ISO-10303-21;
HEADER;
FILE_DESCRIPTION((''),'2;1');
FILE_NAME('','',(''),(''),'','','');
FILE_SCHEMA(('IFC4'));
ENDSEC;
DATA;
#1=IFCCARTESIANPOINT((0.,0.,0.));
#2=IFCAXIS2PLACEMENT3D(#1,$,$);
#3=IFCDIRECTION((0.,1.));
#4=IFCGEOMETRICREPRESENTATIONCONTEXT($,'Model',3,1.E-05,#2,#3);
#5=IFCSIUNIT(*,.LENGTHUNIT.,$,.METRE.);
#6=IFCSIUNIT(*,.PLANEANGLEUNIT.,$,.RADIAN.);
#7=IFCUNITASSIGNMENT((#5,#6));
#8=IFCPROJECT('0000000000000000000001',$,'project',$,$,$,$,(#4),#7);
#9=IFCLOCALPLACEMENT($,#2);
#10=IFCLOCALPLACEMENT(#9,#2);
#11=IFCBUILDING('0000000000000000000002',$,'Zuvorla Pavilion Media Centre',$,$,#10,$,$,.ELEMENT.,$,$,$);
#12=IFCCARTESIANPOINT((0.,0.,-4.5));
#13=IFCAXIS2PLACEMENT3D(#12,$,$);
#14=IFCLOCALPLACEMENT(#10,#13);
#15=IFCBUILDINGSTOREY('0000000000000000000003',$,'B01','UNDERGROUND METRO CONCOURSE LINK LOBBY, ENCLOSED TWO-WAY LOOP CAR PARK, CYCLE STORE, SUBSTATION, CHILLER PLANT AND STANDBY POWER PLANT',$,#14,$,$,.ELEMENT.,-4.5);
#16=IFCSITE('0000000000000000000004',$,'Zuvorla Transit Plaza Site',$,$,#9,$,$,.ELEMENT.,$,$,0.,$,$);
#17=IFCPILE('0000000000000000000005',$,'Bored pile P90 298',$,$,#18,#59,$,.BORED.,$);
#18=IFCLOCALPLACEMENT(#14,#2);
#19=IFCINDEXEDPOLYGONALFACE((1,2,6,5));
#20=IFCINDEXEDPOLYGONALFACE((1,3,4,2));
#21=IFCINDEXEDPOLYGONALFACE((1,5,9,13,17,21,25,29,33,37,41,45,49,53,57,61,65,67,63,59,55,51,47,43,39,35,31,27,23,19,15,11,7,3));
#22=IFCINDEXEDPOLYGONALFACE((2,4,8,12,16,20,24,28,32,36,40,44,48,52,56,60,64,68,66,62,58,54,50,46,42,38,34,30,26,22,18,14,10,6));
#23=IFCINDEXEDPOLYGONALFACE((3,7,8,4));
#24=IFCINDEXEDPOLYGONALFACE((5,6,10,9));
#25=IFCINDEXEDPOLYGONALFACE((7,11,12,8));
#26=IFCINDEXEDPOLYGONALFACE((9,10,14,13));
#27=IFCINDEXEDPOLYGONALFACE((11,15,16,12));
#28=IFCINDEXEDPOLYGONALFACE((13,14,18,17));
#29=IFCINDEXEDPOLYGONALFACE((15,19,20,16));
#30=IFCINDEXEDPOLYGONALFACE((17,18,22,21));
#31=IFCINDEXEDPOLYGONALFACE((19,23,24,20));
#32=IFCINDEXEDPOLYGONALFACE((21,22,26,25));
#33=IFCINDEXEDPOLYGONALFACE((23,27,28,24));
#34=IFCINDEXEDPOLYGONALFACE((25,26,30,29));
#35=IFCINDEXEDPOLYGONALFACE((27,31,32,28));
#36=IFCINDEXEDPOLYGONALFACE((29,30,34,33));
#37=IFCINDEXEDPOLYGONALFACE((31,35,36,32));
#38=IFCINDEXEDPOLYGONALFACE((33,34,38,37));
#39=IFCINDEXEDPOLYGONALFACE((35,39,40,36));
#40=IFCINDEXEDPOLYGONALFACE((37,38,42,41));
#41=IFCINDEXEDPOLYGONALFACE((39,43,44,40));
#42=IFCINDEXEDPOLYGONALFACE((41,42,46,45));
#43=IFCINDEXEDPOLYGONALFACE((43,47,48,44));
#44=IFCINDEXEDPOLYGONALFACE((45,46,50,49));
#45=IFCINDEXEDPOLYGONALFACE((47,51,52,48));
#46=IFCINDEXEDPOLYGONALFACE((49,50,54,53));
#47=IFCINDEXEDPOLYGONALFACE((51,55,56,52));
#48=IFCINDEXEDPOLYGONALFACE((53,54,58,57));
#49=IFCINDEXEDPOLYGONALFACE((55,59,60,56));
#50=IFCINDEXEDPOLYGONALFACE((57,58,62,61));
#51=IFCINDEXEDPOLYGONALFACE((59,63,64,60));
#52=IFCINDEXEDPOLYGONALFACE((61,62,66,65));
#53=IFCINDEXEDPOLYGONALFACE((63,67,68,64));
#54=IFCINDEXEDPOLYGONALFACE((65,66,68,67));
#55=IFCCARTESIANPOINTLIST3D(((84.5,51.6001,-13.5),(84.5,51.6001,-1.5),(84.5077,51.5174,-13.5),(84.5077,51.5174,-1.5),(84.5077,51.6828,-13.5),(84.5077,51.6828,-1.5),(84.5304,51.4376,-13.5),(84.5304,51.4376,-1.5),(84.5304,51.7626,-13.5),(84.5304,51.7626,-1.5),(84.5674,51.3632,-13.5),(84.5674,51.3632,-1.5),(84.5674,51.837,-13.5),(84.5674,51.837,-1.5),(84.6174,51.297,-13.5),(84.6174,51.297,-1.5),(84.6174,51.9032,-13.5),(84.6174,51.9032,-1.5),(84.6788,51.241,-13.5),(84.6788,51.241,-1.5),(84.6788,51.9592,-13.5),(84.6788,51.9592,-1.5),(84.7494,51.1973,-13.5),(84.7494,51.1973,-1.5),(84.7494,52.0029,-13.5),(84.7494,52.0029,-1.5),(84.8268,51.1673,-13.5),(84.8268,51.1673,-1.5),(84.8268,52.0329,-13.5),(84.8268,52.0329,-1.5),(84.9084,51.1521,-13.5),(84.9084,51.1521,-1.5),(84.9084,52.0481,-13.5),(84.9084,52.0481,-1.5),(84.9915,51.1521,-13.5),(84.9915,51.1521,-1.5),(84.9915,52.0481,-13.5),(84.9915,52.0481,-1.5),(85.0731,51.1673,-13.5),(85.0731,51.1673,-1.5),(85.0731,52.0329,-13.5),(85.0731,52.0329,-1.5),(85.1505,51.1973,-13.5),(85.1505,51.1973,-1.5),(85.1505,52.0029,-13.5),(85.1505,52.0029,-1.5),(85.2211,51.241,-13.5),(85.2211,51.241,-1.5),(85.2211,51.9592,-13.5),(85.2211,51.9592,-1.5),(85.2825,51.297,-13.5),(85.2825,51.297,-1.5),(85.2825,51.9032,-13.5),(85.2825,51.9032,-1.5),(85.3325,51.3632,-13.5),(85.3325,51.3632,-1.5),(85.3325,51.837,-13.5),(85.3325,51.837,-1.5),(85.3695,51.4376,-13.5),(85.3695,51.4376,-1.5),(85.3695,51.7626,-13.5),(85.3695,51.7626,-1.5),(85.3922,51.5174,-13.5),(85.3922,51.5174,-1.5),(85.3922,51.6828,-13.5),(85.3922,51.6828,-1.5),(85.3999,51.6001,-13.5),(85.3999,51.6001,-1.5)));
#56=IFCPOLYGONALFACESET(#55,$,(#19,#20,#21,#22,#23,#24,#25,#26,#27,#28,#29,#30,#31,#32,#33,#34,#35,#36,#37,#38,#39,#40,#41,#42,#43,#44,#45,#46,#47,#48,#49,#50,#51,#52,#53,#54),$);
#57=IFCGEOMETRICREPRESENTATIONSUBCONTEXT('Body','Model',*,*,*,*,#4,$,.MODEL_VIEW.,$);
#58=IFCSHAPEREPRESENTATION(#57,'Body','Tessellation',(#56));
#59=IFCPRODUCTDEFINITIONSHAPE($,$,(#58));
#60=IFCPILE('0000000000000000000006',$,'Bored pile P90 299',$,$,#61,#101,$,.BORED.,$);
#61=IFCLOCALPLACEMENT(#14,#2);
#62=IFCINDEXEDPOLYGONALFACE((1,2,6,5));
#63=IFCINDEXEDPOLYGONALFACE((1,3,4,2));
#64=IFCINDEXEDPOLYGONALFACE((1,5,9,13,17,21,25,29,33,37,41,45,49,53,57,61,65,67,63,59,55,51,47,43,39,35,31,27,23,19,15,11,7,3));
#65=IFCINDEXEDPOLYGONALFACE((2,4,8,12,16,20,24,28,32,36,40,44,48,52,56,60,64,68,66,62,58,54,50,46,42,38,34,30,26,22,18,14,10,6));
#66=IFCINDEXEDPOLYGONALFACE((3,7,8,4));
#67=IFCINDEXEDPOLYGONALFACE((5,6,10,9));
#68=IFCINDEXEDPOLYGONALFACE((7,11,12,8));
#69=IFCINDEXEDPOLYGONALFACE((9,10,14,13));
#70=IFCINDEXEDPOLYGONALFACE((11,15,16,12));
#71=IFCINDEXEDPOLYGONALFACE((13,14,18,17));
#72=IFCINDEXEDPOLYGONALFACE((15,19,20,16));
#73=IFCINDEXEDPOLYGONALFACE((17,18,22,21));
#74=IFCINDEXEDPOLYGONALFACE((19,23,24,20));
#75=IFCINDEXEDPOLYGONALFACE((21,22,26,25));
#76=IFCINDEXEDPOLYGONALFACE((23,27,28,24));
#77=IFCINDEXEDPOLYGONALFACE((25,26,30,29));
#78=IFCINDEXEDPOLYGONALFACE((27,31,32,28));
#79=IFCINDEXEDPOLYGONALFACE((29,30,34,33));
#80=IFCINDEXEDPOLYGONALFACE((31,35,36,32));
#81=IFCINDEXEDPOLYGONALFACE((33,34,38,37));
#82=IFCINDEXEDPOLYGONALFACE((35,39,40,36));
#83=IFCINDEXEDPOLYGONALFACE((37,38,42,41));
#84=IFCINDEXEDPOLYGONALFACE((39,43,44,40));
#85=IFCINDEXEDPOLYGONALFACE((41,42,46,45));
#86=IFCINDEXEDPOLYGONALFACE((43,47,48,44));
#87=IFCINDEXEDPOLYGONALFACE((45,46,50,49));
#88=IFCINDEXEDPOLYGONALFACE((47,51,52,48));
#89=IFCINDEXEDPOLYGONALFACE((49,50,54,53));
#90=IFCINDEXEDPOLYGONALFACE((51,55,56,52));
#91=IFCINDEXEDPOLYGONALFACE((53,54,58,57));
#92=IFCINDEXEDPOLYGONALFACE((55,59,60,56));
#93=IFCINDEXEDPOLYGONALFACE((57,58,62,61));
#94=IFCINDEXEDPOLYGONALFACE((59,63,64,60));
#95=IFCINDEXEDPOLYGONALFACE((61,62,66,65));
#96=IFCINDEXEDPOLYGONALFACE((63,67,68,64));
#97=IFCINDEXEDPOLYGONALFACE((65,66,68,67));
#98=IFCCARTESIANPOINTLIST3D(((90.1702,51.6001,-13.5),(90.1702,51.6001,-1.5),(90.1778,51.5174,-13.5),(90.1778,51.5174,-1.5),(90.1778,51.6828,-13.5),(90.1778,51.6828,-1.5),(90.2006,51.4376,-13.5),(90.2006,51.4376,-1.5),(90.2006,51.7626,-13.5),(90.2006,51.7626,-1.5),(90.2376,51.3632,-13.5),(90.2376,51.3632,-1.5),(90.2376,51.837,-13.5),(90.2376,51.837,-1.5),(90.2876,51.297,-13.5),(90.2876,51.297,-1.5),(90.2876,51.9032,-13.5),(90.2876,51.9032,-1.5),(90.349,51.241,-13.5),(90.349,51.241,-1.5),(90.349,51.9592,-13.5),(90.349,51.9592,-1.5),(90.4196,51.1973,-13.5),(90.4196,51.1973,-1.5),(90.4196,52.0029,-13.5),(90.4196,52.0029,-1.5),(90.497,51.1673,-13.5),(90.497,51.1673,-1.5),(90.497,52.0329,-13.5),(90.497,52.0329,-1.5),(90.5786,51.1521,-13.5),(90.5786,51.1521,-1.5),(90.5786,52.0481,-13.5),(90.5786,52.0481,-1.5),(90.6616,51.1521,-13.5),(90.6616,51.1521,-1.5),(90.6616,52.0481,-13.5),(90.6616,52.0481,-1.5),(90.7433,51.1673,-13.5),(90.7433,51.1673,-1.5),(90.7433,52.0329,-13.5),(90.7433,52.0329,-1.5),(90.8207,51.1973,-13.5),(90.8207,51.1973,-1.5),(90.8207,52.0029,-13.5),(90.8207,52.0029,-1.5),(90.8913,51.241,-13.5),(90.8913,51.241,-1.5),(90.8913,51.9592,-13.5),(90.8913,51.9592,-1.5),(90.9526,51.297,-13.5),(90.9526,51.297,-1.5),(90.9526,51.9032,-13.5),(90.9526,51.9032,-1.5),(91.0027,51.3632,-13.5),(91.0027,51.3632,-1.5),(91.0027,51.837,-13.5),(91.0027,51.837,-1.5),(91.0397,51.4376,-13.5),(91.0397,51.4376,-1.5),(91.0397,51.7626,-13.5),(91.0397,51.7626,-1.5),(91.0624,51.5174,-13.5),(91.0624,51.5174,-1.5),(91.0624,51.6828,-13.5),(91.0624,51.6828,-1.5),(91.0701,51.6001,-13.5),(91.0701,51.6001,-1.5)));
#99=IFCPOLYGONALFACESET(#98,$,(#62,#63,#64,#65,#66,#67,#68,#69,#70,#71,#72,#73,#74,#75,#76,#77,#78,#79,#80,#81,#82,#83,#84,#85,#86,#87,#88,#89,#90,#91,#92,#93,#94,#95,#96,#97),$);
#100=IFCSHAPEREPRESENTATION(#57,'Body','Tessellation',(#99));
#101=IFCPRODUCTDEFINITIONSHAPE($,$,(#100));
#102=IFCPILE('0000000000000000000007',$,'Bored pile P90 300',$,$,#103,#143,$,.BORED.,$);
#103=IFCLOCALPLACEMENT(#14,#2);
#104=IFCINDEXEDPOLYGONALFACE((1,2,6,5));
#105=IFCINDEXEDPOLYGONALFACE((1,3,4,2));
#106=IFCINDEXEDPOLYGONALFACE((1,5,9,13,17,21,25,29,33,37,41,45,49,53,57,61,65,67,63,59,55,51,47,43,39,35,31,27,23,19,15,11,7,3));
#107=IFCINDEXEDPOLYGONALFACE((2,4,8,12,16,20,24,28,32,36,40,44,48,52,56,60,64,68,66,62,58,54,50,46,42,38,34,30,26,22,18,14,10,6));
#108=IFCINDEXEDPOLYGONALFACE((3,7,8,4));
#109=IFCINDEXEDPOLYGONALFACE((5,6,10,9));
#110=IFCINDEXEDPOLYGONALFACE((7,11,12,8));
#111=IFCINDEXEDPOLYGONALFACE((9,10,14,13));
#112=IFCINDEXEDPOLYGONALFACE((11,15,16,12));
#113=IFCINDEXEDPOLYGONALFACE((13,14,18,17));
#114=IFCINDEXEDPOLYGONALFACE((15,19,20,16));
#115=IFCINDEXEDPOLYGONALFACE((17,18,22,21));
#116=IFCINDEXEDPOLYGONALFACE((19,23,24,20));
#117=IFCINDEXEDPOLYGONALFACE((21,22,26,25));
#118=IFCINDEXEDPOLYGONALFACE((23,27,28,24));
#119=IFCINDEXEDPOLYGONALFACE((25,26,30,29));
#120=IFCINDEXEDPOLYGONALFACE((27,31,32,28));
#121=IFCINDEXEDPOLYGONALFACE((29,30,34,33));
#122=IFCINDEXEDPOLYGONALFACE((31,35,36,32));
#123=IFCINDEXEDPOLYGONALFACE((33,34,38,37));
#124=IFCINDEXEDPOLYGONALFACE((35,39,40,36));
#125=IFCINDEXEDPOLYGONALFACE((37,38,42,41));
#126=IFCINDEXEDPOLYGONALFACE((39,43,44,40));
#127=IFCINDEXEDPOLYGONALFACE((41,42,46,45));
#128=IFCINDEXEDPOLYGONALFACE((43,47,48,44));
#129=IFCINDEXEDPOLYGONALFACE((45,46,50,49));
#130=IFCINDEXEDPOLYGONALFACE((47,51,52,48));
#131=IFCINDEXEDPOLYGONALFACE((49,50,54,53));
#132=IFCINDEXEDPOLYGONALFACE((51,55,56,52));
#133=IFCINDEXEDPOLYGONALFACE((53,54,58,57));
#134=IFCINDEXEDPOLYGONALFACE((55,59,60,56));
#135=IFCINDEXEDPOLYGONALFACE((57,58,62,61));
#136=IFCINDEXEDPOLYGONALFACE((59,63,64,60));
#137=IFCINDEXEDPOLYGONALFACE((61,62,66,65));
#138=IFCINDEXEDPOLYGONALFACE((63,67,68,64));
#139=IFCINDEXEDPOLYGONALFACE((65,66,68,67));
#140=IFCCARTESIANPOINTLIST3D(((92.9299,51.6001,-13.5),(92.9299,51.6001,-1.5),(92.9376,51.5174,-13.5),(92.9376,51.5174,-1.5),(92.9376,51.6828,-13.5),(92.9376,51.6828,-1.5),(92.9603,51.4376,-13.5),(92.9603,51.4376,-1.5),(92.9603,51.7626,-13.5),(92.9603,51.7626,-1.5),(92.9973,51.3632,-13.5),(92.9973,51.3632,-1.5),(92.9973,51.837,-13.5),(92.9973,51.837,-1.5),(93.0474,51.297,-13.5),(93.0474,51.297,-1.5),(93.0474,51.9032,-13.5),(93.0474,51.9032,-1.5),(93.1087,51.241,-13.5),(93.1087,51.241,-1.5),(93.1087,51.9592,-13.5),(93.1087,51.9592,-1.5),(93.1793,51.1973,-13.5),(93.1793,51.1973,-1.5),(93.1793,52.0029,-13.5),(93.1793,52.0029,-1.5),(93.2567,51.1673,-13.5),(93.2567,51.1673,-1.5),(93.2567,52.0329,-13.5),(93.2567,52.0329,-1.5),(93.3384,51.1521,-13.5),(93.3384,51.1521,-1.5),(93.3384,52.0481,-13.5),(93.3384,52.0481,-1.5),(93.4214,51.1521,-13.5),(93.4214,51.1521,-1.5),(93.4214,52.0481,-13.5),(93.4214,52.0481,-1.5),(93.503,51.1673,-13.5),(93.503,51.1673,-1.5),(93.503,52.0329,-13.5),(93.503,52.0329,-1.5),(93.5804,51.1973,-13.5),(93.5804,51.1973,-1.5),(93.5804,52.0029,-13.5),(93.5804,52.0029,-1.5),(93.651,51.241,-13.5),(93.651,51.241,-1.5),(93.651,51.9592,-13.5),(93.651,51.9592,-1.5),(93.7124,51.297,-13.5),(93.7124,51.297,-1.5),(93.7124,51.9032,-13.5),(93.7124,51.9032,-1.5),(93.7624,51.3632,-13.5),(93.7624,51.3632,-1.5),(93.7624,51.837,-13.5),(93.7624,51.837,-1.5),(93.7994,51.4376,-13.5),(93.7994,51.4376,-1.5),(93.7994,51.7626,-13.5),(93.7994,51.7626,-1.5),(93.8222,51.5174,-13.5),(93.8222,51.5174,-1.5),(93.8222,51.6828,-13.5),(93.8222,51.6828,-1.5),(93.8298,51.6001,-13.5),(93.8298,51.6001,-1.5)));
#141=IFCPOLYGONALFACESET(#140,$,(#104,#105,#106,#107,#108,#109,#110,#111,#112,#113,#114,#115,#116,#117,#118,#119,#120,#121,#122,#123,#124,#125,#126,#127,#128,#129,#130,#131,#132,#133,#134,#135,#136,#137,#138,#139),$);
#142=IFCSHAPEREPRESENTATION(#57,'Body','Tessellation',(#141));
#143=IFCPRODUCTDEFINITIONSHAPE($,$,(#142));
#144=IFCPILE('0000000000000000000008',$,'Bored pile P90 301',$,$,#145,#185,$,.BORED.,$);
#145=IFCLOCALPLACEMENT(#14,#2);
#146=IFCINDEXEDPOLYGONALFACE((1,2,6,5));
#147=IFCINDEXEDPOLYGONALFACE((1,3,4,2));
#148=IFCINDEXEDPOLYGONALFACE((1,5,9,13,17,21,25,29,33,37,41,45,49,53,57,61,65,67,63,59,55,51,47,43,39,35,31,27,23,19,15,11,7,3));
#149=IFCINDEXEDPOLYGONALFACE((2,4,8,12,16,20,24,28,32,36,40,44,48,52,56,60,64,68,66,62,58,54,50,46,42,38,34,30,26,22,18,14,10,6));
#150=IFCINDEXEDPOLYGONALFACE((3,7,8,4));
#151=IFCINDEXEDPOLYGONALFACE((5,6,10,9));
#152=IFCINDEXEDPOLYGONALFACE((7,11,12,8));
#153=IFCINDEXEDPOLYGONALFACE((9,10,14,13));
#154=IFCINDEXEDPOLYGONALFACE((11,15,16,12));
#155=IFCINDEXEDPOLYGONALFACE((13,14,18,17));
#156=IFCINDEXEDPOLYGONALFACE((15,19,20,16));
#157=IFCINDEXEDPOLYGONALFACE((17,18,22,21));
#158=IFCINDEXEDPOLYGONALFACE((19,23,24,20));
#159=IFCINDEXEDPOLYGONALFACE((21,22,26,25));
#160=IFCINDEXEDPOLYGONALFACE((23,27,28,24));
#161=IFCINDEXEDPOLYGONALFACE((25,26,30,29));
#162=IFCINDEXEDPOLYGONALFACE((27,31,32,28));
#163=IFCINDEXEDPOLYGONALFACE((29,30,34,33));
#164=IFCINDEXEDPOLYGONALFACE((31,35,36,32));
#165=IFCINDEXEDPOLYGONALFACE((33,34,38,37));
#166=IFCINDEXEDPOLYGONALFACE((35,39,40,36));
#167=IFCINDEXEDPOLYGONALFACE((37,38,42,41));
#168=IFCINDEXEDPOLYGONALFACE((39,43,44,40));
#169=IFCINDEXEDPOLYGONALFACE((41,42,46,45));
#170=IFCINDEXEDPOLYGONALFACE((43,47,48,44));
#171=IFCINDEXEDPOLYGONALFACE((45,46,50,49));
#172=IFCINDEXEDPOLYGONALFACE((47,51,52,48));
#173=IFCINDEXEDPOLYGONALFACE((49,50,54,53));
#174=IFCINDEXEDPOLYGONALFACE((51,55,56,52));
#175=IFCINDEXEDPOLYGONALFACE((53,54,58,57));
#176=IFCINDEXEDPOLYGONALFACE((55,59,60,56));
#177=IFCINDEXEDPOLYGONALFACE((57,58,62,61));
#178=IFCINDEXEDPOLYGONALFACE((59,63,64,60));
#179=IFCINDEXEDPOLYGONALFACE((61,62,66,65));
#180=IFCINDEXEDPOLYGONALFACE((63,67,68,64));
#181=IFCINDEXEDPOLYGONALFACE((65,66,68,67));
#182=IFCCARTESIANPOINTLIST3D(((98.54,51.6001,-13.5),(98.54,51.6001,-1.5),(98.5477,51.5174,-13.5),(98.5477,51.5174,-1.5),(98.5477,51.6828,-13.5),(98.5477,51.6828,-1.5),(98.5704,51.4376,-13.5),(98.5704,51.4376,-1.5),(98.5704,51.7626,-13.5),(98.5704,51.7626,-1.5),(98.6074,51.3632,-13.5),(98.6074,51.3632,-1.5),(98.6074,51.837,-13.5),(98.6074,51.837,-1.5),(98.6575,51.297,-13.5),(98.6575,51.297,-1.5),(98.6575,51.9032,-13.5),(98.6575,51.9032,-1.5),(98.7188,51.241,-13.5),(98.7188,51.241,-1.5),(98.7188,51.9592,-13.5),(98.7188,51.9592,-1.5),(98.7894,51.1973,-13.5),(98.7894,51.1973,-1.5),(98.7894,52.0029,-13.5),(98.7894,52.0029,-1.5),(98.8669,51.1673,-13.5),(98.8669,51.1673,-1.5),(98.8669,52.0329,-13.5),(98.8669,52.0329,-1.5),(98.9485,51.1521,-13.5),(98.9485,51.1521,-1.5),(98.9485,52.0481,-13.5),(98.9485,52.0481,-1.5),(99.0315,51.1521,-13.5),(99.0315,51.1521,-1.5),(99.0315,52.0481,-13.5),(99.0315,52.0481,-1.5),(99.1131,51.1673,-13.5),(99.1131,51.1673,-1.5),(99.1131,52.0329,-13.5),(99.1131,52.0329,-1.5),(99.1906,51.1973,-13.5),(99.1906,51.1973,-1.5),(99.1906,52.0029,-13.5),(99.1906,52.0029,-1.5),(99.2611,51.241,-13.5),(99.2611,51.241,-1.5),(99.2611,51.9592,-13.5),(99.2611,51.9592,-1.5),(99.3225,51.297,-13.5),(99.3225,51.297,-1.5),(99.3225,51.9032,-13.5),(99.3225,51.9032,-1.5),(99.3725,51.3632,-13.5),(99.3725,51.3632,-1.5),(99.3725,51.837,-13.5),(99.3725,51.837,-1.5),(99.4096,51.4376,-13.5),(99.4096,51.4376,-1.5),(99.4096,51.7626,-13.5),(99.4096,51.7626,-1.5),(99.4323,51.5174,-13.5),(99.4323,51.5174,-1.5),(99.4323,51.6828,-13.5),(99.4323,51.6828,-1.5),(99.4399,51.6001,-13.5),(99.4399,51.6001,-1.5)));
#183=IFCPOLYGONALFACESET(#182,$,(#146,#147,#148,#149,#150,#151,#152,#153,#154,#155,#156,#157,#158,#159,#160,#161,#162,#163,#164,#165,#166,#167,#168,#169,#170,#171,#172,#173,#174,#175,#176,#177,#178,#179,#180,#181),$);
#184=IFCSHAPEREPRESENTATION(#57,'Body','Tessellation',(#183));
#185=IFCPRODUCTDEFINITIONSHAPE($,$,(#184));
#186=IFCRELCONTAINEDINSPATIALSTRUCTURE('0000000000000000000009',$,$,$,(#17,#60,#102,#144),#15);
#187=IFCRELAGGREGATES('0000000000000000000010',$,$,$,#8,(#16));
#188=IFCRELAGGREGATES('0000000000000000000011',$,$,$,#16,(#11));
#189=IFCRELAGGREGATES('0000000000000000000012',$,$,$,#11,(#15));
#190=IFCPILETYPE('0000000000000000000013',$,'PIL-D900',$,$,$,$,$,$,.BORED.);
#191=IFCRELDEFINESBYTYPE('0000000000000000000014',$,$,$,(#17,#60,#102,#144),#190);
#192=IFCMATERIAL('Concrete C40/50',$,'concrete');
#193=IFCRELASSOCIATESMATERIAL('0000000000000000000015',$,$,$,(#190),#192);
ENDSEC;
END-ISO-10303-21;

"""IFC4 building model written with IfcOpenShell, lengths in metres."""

from ifc_helpers import new_model, si_unit, direction, frame, origin, origin_2d, place, context, subcontext, project, spatial, circle, extrude, material, material_profile, profile_set, type_object, element, save


model = new_model("IFC4")

# Units and contexts
model_context = context("Model", 3, precision=1e-05, world=origin(), true_north=direction((0.0, 1.0)))
body_context = subcontext(model_context, "Body", "Model", "MODEL_VIEW")
ifc_project = project(units=[si_unit("LENGTHUNIT", "METRE"), si_unit("PLANEANGLEUNIT", "RADIAN")], contexts=[model_context])

# Site, building, storey
site_placement = place(None, origin())
site = spatial("IfcSite", under=ifc_project, at=site_placement, Name="Zuvorla Transit Plaza Site", CompositionType="ELEMENT", RefElevation=0.0)
building_placement = place(site_placement, origin())
building = spatial("IfcBuilding", under=site, at=building_placement, Name="Zuvorla Pavilion Media Centre", CompositionType="ELEMENT")
storey_placement = place(building_placement, frame((0.0, 0.0, -4.5)))
storey = spatial("IfcBuildingStorey", under=building, at=storey_placement, Name="B01", Description="UNDERGROUND METRO CONCOURSE LINK LOBBY, ENCLOSED TWO-WAY LOOP CAR PARK, CYCLE STORE, SUBSTATION, CHILLER PLANT AND STANDBY POWER PLANT", CompositionType="ELEMENT", Elevation=-4.5)

# Shared definitions
ifc_material = material(Name="Concrete C40/50", Category="concrete")

# Piles
ifc_material_profile_1 = material_profile(ifc_material, circle(Radius=0.45, at=origin_2d()), Name="BORED PILE 900")
ifc_profile_set_1 = profile_set([ifc_material_profile_1], Name="Concrete C40/50")
pile_type = type_object("IfcPileType", Name="PIL-D900", PredefinedType="BORED", material=ifc_profile_set_1)
for number, where, z_axis, x_axis, name in (
    (1, (84.95, 51.6001, -1.5), (0.0, 0.0, -1.0), (1.0, 0.0, 0.0), "Bored pile P90 298"),
    (2, (90.6201, 51.6001, -1.5), (0.0, 0.0, -1.0), (1.0, 0.0, 0.0), "Bored pile P90 299"),
    (3, (93.3799, 51.6001, -1.5), (0.0, 0.0, -1.0), (1.0, 0.0, 0.0), "Bored pile P90 300"),
    (4, (98.99, 51.6001, -1.5), (0.0, 0.0, -1.0), (1.0, 0.0, 0.0), "Bored pile P90 301"),
):
    element("IfcPile", number, at=place(storey_placement, frame(where, z_axis=z_axis, x_axis=x_axis)), inside=storey, type_object=pile_type, Name=name, PredefinedType="BORED", context=body_context, shape_type="SweptSolid", body=[
        extrude(circle(Radius=0.45, at=origin_2d()), origin(), (0.0, 0.0, 1.0), 12.0),
    ])

save(model, "model.ifc")
